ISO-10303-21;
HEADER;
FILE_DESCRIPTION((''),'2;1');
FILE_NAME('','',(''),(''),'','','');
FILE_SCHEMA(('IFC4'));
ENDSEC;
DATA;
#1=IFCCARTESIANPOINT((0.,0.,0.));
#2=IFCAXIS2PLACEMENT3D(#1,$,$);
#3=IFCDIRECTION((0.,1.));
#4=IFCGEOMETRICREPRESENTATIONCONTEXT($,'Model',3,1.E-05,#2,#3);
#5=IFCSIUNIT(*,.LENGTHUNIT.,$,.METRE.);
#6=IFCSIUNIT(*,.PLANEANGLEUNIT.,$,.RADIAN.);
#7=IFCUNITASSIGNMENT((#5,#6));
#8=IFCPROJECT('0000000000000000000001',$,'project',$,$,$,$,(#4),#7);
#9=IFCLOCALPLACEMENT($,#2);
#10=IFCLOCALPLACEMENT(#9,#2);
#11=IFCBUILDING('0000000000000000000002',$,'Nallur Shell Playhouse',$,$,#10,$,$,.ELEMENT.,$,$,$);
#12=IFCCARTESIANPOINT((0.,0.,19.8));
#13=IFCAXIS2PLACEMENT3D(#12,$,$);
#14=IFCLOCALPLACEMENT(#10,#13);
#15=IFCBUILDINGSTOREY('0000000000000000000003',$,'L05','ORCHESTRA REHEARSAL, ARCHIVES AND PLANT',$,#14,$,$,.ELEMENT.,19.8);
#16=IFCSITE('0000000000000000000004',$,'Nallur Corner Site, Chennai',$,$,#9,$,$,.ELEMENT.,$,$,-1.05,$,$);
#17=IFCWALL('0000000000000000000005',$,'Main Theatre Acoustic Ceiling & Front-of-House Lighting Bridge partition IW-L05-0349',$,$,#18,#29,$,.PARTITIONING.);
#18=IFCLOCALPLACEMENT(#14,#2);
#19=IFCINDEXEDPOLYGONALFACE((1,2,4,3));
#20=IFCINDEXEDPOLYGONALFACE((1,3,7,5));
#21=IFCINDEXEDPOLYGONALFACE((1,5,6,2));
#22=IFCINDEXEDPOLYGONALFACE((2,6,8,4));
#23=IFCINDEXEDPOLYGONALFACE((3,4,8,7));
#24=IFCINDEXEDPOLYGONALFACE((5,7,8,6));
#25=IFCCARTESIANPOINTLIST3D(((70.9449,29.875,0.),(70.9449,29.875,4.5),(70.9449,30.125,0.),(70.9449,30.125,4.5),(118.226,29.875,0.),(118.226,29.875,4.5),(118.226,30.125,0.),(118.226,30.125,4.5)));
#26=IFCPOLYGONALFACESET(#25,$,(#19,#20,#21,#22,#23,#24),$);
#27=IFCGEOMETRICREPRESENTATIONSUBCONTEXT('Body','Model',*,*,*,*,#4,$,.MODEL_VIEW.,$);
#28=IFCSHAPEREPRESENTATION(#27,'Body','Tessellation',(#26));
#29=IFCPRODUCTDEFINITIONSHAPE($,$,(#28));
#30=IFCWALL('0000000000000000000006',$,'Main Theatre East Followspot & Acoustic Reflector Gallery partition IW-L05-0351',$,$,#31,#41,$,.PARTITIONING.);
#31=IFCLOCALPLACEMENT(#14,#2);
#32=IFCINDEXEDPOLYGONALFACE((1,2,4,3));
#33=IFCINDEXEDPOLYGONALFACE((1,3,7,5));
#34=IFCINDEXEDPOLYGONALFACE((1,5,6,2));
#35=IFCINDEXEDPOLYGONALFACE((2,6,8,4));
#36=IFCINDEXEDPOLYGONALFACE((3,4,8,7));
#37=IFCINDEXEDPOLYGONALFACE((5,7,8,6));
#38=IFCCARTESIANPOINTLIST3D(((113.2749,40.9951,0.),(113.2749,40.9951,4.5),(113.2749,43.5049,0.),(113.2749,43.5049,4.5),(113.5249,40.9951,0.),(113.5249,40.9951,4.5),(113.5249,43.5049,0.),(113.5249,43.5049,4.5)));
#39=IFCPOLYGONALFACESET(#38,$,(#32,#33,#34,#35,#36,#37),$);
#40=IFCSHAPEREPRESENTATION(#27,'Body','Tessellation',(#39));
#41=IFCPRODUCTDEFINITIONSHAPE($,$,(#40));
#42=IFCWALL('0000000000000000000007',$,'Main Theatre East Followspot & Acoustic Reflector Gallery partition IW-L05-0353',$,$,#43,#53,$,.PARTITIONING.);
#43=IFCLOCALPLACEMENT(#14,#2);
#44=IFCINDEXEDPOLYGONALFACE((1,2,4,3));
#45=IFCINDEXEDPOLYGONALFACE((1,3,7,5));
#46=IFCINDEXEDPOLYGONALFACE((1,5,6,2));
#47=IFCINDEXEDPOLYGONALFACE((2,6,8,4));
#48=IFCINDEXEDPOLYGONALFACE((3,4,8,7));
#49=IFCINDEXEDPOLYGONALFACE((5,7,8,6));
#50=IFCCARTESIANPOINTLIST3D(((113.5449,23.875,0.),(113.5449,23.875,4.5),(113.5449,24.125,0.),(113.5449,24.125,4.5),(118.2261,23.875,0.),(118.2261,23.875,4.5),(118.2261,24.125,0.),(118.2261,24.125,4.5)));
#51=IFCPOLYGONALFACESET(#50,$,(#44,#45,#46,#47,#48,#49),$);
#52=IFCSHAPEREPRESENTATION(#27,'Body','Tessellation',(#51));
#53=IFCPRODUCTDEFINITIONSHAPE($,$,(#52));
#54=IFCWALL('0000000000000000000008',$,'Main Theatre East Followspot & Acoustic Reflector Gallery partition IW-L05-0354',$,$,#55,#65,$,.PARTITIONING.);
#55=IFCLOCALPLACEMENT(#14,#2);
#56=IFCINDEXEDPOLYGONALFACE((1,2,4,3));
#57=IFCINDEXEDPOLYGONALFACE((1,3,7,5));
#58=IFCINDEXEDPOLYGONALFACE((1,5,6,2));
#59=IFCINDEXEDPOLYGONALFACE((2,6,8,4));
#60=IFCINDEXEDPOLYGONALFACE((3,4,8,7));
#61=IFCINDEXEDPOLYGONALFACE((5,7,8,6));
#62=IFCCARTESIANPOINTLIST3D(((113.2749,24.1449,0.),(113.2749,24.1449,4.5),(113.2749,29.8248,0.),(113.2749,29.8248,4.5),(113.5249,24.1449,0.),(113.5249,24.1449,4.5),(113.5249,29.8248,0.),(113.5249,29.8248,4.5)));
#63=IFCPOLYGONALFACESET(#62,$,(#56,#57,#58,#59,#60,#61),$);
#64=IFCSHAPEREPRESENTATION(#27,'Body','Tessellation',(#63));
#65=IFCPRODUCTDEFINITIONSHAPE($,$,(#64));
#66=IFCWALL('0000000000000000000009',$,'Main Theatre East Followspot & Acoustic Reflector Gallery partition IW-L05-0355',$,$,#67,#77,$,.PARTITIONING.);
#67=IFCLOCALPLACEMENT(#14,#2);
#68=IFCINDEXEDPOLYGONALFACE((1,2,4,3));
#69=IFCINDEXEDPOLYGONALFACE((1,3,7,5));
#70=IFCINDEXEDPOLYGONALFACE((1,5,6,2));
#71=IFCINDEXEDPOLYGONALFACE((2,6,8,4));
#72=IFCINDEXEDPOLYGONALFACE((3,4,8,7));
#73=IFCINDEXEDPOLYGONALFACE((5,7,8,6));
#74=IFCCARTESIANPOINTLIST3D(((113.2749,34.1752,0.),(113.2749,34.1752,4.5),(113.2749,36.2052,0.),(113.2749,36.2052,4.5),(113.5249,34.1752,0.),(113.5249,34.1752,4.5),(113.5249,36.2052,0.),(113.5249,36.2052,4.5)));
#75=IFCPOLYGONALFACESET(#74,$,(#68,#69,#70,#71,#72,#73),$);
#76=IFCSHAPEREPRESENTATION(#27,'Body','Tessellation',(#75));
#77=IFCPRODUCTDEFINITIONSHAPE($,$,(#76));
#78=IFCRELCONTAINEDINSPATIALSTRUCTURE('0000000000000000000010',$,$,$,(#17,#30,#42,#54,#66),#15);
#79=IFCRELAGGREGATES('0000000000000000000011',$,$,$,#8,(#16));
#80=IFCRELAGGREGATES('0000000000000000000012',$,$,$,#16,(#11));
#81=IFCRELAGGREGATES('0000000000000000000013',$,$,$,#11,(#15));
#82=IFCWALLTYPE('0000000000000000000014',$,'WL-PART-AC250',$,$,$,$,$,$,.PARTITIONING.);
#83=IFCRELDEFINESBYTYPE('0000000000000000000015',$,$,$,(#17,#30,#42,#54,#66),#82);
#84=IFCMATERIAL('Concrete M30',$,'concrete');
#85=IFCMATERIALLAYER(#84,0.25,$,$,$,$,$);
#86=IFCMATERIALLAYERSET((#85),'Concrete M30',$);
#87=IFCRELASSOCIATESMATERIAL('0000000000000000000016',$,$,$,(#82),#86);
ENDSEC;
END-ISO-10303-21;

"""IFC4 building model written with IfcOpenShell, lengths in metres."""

from ifc_helpers import new_model, si_unit, direction, frame, frame_2d, origin, place, context, subcontext, project, spatial, rectangle, extrude, material, layer, layer_set, type_object, element, save


model = new_model("IFC4")

# Units and contexts
model_context = context("Model", 3, precision=1e-05, world=origin(), true_north=direction((0.0, 1.0)))
body_context = subcontext(model_context, "Body", "Model", "MODEL_VIEW")
ifc_project = project(units=[si_unit("LENGTHUNIT", "METRE"), si_unit("PLANEANGLEUNIT", "RADIAN")], contexts=[model_context])

# Site, building, storey
site_placement = place(None, origin())
site = spatial("IfcSite", under=ifc_project, at=site_placement, Name="Nallur Corner Site, Chennai", CompositionType="ELEMENT", RefElevation=-1.05)
building_placement = place(site_placement, origin())
building = spatial("IfcBuilding", under=site, at=building_placement, Name="Nallur Shell Playhouse", CompositionType="ELEMENT")
storey_placement = place(building_placement, frame((0.0, 0.0, 19.8)))
storey = spatial("IfcBuildingStorey", under=building, at=storey_placement, Name="L05", Description="ORCHESTRA REHEARSAL, ARCHIVES AND PLANT", CompositionType="ELEMENT", Elevation=19.8)

# Walls
ifc_material_1 = material(Name="Concrete M30", Category="concrete")
ifc_layer_1 = layer(ifc_material_1, 0.25)
ifc_layer_set_1 = layer_set([ifc_layer_1], Name="Concrete M30")
wall_type_1 = type_object("IfcWallType", Name="WL-PART-AC250", PredefinedType="PARTITIONING", material=ifc_layer_set_1)
wall_1_placement = place(storey_placement, frame((118.2261, 30.0, 0.0), z_axis=(0.0, 0.0, 1.0), x_axis=(-1.0, 0.0, 0.0)))
element("IfcWall", 1, at=wall_1_placement, inside=storey, type_object=wall_type_1, Name="Main Theatre Acoustic Ceiling & Front-of-House Lighting Bridge partition IW-L05-0349", PredefinedType="PARTITIONING", context=body_context, shape_type="SweptSolid", body=[
    extrude(rectangle(XDim=47.281, YDim=0.25, at=frame_2d((23.6406, 0.0))), origin(), (0.0, 0.0, 1.0), 4.5),
])
wall_2_placement = place(storey_placement, frame((113.3999, 40.9951, 0.0), z_axis=(0.0, 0.0, 1.0), x_axis=(0.0, 1.0, 0.0)))
element("IfcWall", 2, at=wall_2_placement, inside=storey, type_object=wall_type_1, Name="Main Theatre East Followspot & Acoustic Reflector Gallery partition IW-L05-0351", PredefinedType="PARTITIONING", context=body_context, shape_type="SweptSolid", body=[
    extrude(rectangle(XDim=2.5098, YDim=0.25, at=frame_2d((1.2549, 0.0))), origin(), (0.0, 0.0, 1.0), 4.5),
])
wall_3_placement = place(storey_placement, frame((118.2261, 24.0, 0.0), z_axis=(0.0, 0.0, 1.0), x_axis=(-1.0, 0.0, 0.0)))
element("IfcWall", 3, at=wall_3_placement, inside=storey, type_object=wall_type_1, Name="Main Theatre East Followspot & Acoustic Reflector Gallery partition IW-L05-0353", PredefinedType="PARTITIONING", context=body_context, shape_type="SweptSolid", body=[
    extrude(rectangle(XDim=4.6812, YDim=0.25, at=frame_2d((2.3406, 0.0))), origin(), (0.0, 0.0, 1.0), 4.5),
])
wall_4_placement = place(storey_placement, frame((113.3999, 24.145, 0.0), z_axis=(0.0, 0.0, 1.0), x_axis=(0.0, 1.0, 0.0)))
element("IfcWall", 4, at=wall_4_placement, inside=storey, type_object=wall_type_1, Name="Main Theatre East Followspot & Acoustic Reflector Gallery partition IW-L05-0354", PredefinedType="PARTITIONING", context=body_context, shape_type="SweptSolid", body=[
    extrude(rectangle(XDim=5.6799, YDim=0.25, at=frame_2d((2.8398, 0.0))), origin(), (0.0, 0.0, 1.0), 4.5),
])
wall_5_placement = place(storey_placement, frame((113.3999, 34.175, 0.0), z_axis=(0.0, 0.0, 1.0), x_axis=(0.0, 1.0, 0.0)))
element("IfcWall", 5, at=wall_5_placement, inside=storey, type_object=wall_type_1, Name="Main Theatre East Followspot & Acoustic Reflector Gallery partition IW-L05-0355", PredefinedType="PARTITIONING", context=body_context, shape_type="SweptSolid", body=[
    extrude(rectangle(XDim=2.03, YDim=0.25, at=frame_2d((1.0151, 0.0))), origin(), (0.0, 0.0, 1.0), 4.5),
])

save(model, "model.ifc")
